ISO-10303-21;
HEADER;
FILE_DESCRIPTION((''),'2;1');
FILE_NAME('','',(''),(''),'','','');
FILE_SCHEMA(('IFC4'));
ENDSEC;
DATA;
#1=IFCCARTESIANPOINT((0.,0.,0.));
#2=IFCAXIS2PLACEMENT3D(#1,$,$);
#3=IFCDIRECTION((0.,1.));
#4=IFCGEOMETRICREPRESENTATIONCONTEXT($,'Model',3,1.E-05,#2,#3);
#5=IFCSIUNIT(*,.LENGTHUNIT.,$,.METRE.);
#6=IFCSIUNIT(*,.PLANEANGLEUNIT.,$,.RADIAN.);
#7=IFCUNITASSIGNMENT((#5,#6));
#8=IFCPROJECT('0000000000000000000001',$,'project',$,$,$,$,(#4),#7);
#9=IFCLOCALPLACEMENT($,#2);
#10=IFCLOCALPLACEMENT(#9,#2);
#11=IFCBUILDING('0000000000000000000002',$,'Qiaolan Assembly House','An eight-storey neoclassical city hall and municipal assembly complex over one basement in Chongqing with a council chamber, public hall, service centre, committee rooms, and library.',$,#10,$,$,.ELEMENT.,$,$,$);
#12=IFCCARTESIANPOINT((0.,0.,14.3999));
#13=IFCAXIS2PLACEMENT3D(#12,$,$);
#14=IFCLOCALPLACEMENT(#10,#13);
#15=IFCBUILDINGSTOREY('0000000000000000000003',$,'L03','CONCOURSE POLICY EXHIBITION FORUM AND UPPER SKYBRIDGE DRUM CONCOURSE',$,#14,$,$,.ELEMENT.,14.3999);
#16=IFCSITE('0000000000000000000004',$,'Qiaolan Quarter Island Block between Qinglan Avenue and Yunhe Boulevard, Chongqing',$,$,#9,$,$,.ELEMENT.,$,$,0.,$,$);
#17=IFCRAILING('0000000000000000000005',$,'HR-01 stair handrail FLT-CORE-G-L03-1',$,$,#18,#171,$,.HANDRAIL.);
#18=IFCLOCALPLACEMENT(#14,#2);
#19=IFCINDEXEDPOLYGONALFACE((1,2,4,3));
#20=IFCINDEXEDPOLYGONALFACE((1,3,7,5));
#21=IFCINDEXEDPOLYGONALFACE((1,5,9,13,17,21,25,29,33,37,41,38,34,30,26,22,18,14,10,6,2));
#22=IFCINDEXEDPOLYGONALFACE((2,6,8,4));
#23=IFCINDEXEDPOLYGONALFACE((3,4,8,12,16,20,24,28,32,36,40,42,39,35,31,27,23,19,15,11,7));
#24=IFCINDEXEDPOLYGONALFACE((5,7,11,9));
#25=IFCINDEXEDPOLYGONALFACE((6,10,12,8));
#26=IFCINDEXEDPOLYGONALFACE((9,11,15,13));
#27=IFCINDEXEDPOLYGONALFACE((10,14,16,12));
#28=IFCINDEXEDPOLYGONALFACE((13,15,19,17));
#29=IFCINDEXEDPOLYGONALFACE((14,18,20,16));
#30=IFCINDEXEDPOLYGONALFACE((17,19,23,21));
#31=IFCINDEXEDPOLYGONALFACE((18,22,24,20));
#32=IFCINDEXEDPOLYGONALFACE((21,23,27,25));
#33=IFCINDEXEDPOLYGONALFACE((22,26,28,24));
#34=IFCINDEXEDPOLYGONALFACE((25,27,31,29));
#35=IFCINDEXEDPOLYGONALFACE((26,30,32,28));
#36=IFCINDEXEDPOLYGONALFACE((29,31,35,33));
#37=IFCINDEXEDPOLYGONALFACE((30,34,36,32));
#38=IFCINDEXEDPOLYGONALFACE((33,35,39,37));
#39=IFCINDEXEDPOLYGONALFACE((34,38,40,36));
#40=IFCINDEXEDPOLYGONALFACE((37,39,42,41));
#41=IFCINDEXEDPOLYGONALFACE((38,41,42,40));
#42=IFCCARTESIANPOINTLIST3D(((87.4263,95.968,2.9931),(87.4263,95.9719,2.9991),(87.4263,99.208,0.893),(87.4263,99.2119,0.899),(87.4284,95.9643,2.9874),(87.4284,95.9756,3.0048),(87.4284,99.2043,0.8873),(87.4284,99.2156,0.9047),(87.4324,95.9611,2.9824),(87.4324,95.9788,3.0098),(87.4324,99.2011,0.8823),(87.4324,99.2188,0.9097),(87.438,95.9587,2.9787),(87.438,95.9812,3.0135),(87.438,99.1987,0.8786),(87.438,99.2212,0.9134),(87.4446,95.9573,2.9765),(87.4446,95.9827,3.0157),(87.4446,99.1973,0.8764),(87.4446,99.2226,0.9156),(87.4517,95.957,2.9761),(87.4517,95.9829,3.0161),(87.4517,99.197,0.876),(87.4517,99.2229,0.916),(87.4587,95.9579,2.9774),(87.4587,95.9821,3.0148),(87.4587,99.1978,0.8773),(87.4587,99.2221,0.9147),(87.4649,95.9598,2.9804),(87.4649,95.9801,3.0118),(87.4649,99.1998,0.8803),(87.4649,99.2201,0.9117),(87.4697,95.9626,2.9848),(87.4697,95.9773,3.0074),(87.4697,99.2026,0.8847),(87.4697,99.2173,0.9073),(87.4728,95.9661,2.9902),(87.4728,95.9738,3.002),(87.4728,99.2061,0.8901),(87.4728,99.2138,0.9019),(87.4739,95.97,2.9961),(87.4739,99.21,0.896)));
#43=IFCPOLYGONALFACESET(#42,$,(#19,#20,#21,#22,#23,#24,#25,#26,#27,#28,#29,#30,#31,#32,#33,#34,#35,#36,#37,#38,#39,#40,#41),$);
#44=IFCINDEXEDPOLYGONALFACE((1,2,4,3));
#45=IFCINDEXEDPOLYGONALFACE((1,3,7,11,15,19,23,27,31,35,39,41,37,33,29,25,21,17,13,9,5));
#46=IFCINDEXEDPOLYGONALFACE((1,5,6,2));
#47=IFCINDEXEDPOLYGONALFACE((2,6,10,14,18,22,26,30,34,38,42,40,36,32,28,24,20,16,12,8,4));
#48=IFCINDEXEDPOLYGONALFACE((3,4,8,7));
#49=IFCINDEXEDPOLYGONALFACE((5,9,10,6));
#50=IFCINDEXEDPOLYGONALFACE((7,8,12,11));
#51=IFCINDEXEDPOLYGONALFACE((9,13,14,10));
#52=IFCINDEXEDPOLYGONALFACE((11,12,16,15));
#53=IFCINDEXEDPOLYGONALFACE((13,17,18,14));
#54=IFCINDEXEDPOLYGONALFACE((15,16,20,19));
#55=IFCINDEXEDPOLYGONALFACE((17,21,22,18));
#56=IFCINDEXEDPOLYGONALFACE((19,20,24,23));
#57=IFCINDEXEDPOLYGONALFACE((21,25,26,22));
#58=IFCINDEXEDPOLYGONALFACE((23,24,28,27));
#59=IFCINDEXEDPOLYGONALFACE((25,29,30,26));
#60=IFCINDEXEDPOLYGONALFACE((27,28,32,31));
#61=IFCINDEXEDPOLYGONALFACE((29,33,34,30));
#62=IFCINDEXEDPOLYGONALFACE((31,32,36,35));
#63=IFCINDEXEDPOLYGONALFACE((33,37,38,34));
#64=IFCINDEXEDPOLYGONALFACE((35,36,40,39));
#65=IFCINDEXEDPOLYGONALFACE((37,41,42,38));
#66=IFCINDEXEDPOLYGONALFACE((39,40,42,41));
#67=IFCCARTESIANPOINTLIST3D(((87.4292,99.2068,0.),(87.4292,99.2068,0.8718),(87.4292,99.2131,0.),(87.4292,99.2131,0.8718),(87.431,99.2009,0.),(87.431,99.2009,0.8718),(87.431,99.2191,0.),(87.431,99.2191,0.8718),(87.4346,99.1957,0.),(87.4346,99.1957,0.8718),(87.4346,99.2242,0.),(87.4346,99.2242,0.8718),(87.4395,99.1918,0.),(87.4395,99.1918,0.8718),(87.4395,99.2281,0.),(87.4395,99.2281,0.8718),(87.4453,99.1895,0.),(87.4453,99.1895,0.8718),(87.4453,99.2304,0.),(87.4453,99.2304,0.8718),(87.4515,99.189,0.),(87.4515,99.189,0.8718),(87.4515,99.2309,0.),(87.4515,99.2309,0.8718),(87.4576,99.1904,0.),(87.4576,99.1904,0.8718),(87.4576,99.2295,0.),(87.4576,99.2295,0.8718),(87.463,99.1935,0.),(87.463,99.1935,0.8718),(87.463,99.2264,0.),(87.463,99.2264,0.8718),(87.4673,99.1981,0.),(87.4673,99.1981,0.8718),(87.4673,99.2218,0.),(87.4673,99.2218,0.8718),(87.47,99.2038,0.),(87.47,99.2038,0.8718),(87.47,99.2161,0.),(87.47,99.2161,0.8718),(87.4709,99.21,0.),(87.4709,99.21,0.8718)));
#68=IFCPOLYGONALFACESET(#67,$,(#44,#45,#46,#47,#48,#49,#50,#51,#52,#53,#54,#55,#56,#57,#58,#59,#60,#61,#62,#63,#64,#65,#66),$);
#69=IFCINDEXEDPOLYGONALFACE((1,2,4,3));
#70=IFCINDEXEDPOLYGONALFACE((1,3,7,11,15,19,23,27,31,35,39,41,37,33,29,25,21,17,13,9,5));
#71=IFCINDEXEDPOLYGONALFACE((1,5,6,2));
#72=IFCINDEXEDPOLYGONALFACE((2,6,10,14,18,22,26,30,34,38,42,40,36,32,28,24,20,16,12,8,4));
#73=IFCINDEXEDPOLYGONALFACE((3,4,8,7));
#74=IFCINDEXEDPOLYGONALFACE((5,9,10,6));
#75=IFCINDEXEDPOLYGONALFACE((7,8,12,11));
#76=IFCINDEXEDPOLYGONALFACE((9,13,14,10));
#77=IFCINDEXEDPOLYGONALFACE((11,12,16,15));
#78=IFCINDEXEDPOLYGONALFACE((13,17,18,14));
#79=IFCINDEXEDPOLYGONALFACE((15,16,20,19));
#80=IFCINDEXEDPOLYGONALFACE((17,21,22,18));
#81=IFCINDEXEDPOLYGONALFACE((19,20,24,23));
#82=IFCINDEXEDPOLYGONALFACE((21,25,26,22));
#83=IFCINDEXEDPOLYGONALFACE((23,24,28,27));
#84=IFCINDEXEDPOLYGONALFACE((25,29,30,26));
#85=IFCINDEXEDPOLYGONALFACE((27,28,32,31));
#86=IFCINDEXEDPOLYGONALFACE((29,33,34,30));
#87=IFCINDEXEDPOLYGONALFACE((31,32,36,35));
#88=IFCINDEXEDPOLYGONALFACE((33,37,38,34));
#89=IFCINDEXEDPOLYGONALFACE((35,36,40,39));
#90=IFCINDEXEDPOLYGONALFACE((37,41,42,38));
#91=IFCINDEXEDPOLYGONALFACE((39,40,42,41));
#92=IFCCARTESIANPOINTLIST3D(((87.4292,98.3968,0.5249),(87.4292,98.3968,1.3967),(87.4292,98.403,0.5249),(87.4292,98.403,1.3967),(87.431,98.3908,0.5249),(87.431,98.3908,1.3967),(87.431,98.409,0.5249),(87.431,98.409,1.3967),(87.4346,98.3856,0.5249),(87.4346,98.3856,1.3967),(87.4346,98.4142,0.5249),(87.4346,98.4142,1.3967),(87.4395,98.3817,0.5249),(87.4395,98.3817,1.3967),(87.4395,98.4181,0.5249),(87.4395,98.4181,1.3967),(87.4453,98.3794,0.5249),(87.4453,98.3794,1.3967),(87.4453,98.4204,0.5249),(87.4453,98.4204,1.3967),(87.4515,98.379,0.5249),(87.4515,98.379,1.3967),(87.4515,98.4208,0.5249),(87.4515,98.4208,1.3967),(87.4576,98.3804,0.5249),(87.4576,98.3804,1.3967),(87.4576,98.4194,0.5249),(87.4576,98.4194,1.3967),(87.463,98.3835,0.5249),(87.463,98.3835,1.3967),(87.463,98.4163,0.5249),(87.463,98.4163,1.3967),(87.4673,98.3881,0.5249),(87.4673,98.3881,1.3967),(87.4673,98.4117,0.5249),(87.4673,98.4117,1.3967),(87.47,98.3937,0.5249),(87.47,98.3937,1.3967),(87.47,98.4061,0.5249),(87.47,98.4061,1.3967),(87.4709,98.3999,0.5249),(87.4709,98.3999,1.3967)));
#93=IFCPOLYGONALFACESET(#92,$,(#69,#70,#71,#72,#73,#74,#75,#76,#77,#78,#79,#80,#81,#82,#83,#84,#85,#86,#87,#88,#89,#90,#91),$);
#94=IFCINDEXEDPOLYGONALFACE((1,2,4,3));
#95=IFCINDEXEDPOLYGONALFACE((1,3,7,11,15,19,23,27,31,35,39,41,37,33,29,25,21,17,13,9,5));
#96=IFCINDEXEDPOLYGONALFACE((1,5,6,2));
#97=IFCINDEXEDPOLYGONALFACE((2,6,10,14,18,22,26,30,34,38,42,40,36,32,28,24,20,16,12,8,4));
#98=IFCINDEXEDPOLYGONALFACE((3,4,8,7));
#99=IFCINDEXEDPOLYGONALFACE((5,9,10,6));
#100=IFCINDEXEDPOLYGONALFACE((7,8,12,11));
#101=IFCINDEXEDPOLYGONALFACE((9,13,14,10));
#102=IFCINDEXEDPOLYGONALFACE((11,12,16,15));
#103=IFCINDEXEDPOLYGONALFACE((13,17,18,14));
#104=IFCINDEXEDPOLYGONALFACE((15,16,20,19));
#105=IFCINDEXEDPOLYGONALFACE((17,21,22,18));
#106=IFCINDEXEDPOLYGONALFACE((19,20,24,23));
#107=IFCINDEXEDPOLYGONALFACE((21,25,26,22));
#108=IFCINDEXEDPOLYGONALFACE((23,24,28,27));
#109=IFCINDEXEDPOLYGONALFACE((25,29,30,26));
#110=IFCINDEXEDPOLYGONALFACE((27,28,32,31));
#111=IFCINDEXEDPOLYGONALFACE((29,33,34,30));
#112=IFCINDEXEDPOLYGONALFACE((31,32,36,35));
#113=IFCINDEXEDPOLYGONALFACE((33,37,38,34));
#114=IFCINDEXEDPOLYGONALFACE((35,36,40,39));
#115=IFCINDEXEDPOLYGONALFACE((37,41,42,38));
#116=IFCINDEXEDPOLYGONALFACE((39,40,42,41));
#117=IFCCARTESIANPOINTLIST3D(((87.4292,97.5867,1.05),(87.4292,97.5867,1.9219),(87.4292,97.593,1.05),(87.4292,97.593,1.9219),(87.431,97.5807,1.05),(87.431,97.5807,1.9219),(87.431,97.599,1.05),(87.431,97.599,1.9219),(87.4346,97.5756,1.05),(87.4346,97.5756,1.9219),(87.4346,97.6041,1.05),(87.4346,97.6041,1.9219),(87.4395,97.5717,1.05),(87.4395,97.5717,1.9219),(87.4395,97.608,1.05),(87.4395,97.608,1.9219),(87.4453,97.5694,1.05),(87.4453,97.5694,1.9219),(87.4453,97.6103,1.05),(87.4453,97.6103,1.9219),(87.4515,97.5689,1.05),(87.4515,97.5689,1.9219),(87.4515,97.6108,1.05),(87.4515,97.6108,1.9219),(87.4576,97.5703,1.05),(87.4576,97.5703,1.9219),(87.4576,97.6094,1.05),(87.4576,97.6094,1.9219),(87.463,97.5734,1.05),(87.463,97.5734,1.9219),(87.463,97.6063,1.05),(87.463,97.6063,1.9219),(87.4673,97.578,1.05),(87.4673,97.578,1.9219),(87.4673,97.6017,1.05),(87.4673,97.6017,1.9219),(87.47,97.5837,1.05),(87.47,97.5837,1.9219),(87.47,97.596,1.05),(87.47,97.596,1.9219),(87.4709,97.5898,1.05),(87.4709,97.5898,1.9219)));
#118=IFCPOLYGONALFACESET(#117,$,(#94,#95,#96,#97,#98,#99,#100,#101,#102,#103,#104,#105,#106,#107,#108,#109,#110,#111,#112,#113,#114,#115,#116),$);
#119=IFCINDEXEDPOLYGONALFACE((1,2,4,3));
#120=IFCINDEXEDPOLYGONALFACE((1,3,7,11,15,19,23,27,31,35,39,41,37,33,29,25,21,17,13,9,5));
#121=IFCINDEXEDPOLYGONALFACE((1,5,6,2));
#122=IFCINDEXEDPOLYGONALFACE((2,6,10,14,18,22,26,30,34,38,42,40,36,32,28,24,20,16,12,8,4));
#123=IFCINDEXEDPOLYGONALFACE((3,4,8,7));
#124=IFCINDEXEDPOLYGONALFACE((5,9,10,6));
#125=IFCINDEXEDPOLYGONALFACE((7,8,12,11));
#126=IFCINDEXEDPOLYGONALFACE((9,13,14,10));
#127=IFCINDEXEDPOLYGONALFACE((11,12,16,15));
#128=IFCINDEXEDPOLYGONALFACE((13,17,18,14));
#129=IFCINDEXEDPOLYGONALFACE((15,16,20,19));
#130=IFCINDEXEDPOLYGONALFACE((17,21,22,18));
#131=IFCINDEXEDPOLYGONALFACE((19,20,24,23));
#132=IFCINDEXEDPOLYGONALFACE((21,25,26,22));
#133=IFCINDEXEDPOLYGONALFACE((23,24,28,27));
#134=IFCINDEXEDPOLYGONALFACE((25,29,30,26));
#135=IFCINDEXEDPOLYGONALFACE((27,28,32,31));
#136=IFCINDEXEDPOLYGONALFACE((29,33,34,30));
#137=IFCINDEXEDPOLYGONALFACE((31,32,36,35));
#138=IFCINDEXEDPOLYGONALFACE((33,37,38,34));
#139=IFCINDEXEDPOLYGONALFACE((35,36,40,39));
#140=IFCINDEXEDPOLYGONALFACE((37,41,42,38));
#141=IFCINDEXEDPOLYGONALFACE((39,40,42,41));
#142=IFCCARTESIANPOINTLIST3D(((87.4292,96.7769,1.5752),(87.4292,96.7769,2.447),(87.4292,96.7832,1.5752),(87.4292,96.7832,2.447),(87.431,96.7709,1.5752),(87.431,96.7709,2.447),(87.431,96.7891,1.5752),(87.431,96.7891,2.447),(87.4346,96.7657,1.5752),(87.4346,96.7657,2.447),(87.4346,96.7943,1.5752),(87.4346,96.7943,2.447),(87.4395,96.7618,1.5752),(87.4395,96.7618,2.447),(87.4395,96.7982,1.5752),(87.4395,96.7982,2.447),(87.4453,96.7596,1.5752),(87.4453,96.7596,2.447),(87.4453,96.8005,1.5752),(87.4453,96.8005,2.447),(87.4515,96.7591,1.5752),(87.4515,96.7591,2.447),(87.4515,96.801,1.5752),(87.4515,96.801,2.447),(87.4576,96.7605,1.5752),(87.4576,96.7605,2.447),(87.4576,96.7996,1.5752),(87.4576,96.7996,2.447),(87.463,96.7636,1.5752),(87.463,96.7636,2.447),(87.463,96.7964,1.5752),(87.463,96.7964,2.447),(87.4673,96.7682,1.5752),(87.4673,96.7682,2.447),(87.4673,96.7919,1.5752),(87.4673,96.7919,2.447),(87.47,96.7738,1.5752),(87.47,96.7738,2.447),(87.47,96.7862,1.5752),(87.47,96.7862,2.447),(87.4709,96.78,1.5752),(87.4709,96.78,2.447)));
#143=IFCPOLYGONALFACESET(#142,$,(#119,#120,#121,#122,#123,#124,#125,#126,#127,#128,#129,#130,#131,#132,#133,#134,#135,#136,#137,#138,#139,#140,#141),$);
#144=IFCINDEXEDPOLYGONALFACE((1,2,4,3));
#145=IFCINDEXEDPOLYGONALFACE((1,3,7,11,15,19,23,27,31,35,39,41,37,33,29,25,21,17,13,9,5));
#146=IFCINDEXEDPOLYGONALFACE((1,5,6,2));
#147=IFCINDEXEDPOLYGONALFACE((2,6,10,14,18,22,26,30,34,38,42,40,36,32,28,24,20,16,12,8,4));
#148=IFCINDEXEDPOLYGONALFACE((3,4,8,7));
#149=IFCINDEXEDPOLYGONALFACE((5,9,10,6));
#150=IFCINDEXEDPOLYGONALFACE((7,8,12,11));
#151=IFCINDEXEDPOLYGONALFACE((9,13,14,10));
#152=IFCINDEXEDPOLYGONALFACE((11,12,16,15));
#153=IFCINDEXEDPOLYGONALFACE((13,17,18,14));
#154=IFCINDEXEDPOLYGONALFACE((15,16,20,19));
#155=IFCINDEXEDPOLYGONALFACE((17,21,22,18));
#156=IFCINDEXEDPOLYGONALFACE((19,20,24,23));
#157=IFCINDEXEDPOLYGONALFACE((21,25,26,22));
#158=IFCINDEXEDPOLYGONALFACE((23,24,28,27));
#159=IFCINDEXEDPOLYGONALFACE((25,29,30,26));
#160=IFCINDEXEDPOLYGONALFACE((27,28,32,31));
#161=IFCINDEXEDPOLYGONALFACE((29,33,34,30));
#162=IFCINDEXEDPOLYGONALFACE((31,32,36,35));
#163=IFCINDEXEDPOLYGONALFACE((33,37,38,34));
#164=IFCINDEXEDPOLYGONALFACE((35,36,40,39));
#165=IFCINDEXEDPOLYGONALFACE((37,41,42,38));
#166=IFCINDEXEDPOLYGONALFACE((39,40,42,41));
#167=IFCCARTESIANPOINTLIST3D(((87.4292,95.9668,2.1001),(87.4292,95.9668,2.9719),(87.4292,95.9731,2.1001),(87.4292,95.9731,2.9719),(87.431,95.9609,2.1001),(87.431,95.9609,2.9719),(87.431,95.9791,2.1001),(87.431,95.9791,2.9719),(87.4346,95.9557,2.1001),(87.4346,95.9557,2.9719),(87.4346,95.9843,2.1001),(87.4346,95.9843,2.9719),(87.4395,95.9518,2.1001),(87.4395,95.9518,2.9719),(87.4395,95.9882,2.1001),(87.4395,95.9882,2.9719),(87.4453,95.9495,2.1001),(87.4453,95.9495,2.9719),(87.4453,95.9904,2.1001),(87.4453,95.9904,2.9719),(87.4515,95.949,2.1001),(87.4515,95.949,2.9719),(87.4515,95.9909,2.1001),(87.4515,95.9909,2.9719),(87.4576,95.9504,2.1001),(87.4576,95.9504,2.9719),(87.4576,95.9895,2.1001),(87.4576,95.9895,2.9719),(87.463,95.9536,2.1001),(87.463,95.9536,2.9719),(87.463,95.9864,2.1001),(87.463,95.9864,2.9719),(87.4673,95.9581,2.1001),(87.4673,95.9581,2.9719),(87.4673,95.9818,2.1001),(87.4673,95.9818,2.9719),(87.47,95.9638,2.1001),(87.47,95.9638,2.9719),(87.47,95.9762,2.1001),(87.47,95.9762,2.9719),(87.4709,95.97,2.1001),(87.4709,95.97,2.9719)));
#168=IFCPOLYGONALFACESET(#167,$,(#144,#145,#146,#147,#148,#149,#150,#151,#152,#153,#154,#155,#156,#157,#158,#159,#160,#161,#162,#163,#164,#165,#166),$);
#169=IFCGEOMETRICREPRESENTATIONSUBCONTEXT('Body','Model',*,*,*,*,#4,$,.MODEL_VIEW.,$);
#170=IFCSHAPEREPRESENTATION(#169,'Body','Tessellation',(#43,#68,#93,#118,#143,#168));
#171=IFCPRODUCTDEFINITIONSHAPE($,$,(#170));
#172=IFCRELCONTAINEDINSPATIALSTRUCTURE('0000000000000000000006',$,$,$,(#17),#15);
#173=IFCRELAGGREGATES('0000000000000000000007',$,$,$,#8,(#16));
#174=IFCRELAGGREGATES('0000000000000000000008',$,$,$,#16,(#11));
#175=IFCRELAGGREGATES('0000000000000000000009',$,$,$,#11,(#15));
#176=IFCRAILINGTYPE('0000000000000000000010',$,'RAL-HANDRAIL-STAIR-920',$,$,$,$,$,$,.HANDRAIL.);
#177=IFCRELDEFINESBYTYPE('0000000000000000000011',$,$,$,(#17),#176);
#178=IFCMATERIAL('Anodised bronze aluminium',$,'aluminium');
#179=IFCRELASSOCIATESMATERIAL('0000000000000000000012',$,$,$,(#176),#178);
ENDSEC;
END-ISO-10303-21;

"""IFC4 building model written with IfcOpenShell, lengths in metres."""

from ifc_helpers import new_model, si_unit, direction, frame, origin, origin_2d, place, context, subcontext, project, spatial, circle, extrude, material, type_object, element, save


model = new_model("IFC4")

# Units and contexts
model_context = context("Model", 3, precision=1e-05, world=origin(), true_north=direction((0.0, 1.0)))
body_context = subcontext(model_context, "Body", "Model", "MODEL_VIEW")
ifc_project = project(units=[si_unit("LENGTHUNIT", "METRE"), si_unit("PLANEANGLEUNIT", "RADIAN")], contexts=[model_context])

# Site, building, storey
site_placement = place(None, origin())
site = spatial("IfcSite", under=ifc_project, at=site_placement, Name="Qiaolan Quarter Island Block between Qinglan Avenue and Yunhe Boulevard, Chongqing", CompositionType="ELEMENT", RefElevation=0.0)
building_placement = place(site_placement, origin())
building = spatial("IfcBuilding", under=site, at=building_placement, Name="Qiaolan Assembly House", Description="An eight-storey neoclassical city hall and municipal assembly complex over one basement in Chongqing with a council chamber, public hall, service centre, committee rooms, and library.", CompositionType="ELEMENT")
storey_placement = place(building_placement, frame((0.0, 0.0, 14.3999)))
storey = spatial("IfcBuildingStorey", under=building, at=storey_placement, Name="L03", Description="CONCOURSE POLICY EXHIBITION FORUM AND UPPER SKYBRIDGE DRUM CONCOURSE", CompositionType="ELEMENT", Elevation=14.3999)

# Railing
ifc_material_1 = material(Name="Anodised bronze aluminium", Category="aluminium")
railing_type_1 = type_object("IfcRailingType", Name="RAL-HANDRAIL-STAIR-920", PredefinedType="HANDRAIL", material=ifc_material_1)
railing_1_placement = place(storey_placement, frame((87.45, 99.21, 0.0)))
element("IfcRailing", 1, at=railing_1_placement, inside=storey, type_object=railing_type_1, Name="HR-01 stair handrail FLT-CORE-G-L03-1", PredefinedType="HANDRAIL", context=body_context, shape_type="SweptSolid", body=[
    extrude(circle(Radius=0.0239, at=origin_2d()), frame((0.0, 0.0, 0.896), z_axis=(0.0, -0.839141, 0.543914), x_axis=(1.0, 0.0, 0.0)), (0.0, 0.0, 1.0), 3.8611),
    extrude(circle(Radius=0.021, at=origin_2d()), origin(), (0.0, 0.0, 1.0), 0.8718),
    extrude(circle(Radius=0.021, at=origin_2d()), frame((0.0, -0.8101, 0.5249)), (0.0, 0.0, 1.0), 0.8718),
    extrude(circle(Radius=0.021, at=origin_2d()), frame((0.0, -1.6201, 1.05)), (0.0, 0.0, 1.0), 0.8718),
    extrude(circle(Radius=0.021, at=origin_2d()), frame((0.0, -2.4299, 1.5752)), (0.0, 0.0, 1.0), 0.8718),
    extrude(circle(Radius=0.021, at=origin_2d()), frame((0.0, -3.24, 2.1001)), (0.0, 0.0, 1.0), 0.8718),
])

save(model, "model.ifc")
